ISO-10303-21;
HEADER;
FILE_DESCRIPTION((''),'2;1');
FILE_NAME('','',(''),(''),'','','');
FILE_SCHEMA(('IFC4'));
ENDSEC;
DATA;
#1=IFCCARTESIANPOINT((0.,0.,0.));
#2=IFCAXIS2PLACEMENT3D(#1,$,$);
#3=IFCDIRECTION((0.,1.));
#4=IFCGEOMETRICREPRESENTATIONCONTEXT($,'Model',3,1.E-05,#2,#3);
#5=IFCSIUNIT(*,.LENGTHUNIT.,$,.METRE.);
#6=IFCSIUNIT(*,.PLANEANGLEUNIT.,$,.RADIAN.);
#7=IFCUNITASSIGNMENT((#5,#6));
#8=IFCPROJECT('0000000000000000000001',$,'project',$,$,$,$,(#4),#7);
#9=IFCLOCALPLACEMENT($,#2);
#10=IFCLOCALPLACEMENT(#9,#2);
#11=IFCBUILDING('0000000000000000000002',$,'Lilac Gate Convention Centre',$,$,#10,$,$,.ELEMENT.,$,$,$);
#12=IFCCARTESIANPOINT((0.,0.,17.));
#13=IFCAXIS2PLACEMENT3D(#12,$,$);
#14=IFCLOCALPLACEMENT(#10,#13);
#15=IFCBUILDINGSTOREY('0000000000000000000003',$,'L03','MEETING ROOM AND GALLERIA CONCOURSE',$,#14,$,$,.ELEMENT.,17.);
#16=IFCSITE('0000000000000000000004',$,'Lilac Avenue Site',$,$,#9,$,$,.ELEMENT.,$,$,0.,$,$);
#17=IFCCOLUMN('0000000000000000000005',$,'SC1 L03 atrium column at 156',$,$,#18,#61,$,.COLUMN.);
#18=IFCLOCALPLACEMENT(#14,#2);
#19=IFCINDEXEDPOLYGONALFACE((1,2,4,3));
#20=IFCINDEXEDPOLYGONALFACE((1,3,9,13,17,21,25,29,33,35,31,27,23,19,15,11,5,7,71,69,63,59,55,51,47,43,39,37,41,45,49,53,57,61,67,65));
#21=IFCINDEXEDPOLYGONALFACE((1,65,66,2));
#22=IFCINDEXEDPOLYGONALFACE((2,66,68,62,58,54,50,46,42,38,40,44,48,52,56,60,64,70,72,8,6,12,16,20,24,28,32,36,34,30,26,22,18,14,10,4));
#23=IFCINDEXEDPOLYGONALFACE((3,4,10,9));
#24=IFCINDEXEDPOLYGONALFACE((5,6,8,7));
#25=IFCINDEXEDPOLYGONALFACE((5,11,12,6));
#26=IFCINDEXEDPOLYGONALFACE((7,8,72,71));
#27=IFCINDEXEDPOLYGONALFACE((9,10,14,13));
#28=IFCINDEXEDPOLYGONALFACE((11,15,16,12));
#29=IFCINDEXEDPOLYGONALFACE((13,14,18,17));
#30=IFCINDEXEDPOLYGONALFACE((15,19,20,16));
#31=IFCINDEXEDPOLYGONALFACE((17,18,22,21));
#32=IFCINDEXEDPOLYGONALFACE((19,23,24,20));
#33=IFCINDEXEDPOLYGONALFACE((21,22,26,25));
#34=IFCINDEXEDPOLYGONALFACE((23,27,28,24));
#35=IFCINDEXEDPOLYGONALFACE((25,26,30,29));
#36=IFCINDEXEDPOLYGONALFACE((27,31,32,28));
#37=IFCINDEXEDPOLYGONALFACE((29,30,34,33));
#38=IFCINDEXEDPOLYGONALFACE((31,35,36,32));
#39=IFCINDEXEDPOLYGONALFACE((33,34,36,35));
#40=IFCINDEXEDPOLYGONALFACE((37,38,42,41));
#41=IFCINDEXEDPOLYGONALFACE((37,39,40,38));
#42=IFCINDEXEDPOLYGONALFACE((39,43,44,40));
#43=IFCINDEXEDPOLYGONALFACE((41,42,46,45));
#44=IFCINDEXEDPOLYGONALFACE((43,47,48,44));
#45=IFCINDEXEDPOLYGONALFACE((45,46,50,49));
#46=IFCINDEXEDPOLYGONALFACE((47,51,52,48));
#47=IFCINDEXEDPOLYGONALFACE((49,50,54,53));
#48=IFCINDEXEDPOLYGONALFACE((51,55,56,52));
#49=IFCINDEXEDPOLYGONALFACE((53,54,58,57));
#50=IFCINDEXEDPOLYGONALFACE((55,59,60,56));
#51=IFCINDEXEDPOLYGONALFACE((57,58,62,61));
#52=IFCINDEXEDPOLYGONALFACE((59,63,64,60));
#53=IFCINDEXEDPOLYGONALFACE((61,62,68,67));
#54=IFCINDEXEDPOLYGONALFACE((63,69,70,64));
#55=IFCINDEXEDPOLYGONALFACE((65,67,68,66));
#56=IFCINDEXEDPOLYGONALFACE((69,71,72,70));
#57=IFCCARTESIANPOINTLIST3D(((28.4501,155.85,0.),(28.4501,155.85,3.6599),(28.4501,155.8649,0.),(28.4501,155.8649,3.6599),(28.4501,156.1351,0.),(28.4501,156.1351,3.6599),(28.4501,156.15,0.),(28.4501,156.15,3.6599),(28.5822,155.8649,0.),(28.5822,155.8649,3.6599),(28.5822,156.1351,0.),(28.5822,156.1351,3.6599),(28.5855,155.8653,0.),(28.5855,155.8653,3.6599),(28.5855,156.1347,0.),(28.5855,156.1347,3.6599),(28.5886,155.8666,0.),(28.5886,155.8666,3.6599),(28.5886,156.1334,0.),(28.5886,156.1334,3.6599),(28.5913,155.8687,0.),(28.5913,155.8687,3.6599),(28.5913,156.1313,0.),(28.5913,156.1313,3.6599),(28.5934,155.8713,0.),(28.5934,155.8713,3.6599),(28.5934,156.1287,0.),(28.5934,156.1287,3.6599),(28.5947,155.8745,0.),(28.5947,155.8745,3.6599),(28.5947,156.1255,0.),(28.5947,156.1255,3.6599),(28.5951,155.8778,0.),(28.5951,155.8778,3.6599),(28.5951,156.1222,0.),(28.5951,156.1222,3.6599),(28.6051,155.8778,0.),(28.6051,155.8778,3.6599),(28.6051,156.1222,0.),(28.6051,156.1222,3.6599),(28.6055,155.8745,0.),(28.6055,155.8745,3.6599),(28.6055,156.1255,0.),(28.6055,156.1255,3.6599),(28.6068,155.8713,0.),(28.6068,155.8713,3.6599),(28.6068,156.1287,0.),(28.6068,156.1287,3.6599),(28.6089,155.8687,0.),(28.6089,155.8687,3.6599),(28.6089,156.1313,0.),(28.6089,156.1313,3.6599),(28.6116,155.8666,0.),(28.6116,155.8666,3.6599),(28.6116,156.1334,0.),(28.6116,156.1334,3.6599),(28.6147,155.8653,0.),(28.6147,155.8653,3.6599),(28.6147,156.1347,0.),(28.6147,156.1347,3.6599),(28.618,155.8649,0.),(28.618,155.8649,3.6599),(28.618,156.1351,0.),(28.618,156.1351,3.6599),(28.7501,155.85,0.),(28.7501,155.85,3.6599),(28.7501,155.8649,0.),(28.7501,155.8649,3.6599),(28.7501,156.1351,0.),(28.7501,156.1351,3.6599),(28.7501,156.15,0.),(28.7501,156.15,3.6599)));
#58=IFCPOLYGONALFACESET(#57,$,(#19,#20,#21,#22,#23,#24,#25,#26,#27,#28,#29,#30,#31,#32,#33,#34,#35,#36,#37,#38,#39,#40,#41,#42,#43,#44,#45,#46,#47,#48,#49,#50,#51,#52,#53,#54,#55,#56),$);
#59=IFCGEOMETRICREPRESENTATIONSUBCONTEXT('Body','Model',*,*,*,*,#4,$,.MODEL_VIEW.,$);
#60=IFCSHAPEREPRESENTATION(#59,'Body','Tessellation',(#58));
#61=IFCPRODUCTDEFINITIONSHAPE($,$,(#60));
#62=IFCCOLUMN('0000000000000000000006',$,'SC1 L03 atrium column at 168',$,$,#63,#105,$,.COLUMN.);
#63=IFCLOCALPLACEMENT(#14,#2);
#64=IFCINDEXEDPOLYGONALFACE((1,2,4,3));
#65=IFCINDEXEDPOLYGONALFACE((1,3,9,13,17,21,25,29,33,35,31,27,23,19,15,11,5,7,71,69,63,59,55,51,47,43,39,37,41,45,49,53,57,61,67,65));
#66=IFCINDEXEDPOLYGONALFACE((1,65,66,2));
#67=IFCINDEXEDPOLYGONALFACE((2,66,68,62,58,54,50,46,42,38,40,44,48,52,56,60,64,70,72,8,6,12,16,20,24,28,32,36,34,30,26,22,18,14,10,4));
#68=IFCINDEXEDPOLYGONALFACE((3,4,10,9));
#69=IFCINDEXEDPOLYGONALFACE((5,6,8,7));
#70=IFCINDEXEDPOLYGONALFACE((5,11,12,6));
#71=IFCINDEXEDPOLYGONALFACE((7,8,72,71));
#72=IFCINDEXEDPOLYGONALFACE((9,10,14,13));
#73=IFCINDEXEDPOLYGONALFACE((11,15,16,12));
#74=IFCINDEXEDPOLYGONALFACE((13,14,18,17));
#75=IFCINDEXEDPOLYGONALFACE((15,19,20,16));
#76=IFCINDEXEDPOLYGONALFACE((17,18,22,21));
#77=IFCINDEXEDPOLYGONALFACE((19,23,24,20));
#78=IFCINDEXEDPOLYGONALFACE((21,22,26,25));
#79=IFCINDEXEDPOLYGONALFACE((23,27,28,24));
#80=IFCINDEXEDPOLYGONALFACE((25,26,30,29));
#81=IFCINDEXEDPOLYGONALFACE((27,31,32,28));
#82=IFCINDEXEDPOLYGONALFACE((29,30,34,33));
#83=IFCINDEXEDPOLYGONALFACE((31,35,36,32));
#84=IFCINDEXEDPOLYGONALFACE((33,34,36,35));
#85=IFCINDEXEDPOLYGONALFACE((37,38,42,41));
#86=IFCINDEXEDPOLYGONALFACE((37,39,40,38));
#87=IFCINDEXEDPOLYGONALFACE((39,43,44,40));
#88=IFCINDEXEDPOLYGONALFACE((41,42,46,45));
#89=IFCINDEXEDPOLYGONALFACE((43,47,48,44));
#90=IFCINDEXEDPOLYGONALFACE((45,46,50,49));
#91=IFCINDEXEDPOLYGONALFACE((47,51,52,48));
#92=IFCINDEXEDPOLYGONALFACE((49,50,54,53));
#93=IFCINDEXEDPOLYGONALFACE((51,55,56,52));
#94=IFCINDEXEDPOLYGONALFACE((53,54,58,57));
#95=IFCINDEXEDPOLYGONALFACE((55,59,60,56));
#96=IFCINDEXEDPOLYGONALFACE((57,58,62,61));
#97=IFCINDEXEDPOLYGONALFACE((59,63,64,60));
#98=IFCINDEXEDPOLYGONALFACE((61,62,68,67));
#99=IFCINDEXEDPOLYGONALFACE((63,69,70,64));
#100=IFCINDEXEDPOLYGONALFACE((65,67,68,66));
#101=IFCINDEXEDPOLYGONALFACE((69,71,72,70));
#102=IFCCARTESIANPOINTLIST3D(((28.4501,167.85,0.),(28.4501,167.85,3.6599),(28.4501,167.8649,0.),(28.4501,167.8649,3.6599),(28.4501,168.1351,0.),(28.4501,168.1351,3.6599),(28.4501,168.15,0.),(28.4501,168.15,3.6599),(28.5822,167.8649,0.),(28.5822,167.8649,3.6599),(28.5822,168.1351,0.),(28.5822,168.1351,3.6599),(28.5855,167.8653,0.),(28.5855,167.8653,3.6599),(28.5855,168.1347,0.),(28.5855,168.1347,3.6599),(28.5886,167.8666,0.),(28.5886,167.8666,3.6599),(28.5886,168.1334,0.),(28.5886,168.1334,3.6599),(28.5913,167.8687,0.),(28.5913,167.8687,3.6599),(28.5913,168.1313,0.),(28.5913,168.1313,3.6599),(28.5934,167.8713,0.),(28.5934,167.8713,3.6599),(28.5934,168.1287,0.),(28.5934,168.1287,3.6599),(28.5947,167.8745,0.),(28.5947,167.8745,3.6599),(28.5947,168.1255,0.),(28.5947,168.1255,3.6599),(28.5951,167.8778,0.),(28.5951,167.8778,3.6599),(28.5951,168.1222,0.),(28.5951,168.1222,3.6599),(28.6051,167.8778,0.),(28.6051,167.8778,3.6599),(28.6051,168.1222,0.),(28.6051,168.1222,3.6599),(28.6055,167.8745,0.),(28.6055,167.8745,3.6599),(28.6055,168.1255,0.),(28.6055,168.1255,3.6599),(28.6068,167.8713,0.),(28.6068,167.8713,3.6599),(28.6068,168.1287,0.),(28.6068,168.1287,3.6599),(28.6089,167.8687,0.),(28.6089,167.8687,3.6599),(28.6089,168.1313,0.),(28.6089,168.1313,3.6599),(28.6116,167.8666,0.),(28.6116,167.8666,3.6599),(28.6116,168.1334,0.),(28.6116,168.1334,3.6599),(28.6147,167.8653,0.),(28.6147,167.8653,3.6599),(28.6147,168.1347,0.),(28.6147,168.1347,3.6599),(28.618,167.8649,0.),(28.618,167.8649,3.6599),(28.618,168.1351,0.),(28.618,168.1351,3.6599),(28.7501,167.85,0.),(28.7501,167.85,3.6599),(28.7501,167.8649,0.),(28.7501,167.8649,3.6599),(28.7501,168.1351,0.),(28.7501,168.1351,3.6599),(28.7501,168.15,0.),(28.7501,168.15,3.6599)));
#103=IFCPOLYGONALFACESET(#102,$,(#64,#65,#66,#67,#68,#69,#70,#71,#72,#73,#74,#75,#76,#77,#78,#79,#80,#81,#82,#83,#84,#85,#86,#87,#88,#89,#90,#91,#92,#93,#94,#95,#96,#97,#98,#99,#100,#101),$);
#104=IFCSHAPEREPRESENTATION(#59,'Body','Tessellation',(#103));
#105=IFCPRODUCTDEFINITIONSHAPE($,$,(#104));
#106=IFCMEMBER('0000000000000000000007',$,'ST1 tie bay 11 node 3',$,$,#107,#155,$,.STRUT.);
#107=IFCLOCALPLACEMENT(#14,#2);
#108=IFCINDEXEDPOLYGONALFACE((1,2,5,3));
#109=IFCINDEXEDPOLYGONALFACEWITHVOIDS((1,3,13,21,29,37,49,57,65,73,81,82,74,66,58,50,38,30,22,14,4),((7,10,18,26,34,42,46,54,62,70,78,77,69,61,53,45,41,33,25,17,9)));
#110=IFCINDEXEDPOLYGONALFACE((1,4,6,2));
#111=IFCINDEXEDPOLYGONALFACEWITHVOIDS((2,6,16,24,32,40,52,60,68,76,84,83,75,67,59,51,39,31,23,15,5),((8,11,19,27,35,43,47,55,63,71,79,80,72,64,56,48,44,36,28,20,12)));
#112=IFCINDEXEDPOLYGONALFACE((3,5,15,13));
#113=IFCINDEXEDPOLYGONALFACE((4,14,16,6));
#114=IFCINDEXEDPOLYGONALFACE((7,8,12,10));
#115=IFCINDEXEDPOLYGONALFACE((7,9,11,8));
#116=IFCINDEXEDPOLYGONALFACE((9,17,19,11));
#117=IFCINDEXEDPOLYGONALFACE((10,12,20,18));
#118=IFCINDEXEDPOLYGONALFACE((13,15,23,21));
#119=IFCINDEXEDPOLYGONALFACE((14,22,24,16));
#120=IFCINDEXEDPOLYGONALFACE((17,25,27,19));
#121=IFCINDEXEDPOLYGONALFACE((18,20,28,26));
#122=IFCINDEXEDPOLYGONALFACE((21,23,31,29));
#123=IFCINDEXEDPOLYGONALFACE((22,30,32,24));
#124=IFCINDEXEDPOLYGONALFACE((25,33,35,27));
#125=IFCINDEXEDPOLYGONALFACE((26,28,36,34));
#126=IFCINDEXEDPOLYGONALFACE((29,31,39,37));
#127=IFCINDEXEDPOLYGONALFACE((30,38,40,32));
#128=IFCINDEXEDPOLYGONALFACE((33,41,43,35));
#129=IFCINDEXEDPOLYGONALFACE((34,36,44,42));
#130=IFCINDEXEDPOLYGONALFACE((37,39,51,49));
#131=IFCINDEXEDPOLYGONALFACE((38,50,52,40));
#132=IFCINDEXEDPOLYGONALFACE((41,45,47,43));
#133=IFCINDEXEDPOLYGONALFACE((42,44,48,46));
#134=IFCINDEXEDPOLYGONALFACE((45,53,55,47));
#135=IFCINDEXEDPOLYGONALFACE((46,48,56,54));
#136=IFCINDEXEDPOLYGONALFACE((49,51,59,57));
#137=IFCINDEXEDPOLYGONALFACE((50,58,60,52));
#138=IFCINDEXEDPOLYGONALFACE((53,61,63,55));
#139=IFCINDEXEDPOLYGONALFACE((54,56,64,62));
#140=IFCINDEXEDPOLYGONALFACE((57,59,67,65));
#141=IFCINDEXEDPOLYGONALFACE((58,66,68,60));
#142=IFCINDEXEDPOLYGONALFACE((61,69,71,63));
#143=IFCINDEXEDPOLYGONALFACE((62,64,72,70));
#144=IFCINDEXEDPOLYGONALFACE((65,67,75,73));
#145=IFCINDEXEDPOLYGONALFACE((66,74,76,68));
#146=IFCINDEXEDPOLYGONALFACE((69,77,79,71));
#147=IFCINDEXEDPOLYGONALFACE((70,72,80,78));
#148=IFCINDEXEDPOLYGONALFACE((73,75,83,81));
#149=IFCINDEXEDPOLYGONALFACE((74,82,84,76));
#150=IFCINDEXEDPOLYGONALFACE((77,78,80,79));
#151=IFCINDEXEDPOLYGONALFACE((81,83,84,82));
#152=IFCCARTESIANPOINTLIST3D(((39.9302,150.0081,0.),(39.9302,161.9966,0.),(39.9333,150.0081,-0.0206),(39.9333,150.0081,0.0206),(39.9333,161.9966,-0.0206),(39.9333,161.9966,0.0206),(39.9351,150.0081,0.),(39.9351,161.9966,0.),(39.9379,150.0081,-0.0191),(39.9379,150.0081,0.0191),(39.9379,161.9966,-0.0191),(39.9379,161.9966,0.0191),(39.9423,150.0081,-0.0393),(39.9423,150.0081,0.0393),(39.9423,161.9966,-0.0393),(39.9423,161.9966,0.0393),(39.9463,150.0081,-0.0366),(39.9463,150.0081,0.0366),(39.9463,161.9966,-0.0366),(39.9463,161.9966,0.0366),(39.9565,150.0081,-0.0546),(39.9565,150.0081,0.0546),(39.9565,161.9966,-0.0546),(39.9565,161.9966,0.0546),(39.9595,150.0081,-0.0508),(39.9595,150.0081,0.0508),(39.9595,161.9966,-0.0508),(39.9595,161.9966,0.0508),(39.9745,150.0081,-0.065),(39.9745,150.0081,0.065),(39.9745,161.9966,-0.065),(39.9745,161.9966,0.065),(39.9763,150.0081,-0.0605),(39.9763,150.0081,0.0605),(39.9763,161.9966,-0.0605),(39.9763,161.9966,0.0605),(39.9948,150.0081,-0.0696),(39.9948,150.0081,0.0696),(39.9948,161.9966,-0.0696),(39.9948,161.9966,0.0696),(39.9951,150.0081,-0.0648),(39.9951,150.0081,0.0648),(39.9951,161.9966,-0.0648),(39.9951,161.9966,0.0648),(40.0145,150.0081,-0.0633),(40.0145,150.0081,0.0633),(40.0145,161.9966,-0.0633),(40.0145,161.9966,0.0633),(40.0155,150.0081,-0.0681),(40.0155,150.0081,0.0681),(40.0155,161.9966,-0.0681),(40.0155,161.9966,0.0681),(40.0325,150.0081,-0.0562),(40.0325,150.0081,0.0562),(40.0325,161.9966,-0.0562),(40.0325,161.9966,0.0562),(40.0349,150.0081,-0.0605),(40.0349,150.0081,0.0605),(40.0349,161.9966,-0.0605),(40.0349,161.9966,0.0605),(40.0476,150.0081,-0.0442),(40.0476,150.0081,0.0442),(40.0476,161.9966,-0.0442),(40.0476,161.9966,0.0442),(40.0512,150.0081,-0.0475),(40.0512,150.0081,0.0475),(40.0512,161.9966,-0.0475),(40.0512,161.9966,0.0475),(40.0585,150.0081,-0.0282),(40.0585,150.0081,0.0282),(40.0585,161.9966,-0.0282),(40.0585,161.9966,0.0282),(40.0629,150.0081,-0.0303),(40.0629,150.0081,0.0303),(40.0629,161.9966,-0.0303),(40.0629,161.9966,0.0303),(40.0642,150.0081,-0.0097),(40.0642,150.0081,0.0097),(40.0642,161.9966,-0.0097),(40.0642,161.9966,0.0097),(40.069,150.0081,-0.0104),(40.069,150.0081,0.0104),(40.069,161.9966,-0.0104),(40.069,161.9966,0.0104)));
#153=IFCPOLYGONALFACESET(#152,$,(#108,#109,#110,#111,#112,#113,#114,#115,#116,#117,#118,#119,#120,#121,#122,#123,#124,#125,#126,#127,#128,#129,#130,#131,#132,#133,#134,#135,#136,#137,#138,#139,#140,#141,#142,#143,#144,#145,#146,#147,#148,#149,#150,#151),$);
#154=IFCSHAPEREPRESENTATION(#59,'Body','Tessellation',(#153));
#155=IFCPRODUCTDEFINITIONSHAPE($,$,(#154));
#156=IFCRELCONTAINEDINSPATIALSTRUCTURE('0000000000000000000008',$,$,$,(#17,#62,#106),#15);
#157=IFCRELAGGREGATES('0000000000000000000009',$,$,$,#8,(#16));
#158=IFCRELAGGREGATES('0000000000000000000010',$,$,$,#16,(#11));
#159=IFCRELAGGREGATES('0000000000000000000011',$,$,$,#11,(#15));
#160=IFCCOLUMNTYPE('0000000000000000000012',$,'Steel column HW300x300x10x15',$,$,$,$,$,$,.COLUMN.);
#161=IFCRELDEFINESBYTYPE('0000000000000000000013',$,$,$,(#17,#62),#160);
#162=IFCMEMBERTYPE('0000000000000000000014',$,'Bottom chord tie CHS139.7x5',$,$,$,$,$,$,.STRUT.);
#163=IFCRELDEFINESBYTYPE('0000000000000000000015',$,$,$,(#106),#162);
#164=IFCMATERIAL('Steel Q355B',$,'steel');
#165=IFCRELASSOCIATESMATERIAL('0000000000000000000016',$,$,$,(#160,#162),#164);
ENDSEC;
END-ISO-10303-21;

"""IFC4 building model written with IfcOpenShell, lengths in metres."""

from ifc_helpers import new_model, si_unit, direction, frame, origin, origin_2d, place, context, subcontext, project, spatial, hollow_circle, i_section, extrude, material, material_profile, profile_set, type_object, element, save


model = new_model("IFC4")

# Units and contexts
model_context = context("Model", 3, precision=1e-05, world=origin(), true_north=direction((0.0, 1.0)))
body_context = subcontext(model_context, "Body", "Model", "MODEL_VIEW")
ifc_project = project(units=[si_unit("LENGTHUNIT", "METRE"), si_unit("PLANEANGLEUNIT", "RADIAN")], contexts=[model_context])

# Site, building, storey
site_placement = place(None, origin())
site = spatial("IfcSite", under=ifc_project, at=site_placement, Name="Lilac Avenue Site", CompositionType="ELEMENT", RefElevation=0.0)
building_placement = place(site_placement, origin())
building = spatial("IfcBuilding", under=site, at=building_placement, Name="Lilac Gate Convention Centre", CompositionType="ELEMENT")
storey_placement = place(building_placement, frame((0.0, 0.0, 17.0)))
storey = spatial("IfcBuildingStorey", under=building, at=storey_placement, Name="L03", Description="MEETING ROOM AND GALLERIA CONCOURSE", CompositionType="ELEMENT", Elevation=17.0)

# Columns
ifc_material = material(Name="Steel Q355B", Category="steel")
ifc_material_profile_1 = material_profile(ifc_material, i_section(OverallWidth=0.3, OverallDepth=0.3, WebThickness=0.01, FlangeThickness=0.0149, FilletRadius=0.0129, at=origin_2d()), Name="HW300x300x10x15")
ifc_profile_set_1 = profile_set([ifc_material_profile_1], Name="Steel Q355B")
column_type = type_object("IfcColumnType", Name="Steel column HW300x300x10x15", PredefinedType="COLUMN", material=ifc_profile_set_1)
for number, where, z_axis, x_axis, name in (
    (1, (28.6001, 156.0, 0.0), (0.0, 0.0, 1.0), (1.0, 0.0, 0.0), "SC1 L03 atrium column at 156"),
    (2, (28.6001, 168.0, 0.0), (0.0, 0.0, 1.0), (1.0, 0.0, 0.0), "SC1 L03 atrium column at 168"),
):
    element("IfcColumn", number, at=place(storey_placement, frame(where, z_axis=z_axis, x_axis=x_axis)), inside=storey, type_object=column_type, Name=name, PredefinedType="COLUMN", context=body_context, shape_type="SweptSolid", body=[
        extrude(i_section(OverallWidth=0.3, OverallDepth=0.3, WebThickness=0.01, FlangeThickness=0.0149, FilletRadius=0.0129, at=origin_2d()), origin(), (0.0, 0.0, 1.0), 3.6599),
    ])

# Member
ifc_material_profile_2 = material_profile(ifc_material, hollow_circle(Radius=0.0698, WallThickness=0.0049, at=origin_2d()), Name="CHS139.7x5")
ifc_profile_set_2 = profile_set([ifc_material_profile_2], Name="Steel Q355B")
member_type_1 = type_object("IfcMemberType", Name="Bottom chord tie CHS139.7x5", PredefinedType="STRUT", material=ifc_profile_set_2)
member_1_placement = place(storey_placement, frame((40.0, 150.0081, 0.0), z_axis=(0.0, 1.0, 0.0), x_axis=(-1.0, 0.0, 0.0)))
element("IfcMember", 3, at=member_1_placement, inside=storey, type_object=member_type_1, Name="ST1 tie bay 11 node 3", PredefinedType="STRUT", context=body_context, shape_type="SweptSolid", body=[
    extrude(hollow_circle(Radius=0.0698, WallThickness=0.0049, at=origin_2d()), origin(), (0.0, 0.0, 1.0), 11.9885),
])

save(model, "model.ifc")
